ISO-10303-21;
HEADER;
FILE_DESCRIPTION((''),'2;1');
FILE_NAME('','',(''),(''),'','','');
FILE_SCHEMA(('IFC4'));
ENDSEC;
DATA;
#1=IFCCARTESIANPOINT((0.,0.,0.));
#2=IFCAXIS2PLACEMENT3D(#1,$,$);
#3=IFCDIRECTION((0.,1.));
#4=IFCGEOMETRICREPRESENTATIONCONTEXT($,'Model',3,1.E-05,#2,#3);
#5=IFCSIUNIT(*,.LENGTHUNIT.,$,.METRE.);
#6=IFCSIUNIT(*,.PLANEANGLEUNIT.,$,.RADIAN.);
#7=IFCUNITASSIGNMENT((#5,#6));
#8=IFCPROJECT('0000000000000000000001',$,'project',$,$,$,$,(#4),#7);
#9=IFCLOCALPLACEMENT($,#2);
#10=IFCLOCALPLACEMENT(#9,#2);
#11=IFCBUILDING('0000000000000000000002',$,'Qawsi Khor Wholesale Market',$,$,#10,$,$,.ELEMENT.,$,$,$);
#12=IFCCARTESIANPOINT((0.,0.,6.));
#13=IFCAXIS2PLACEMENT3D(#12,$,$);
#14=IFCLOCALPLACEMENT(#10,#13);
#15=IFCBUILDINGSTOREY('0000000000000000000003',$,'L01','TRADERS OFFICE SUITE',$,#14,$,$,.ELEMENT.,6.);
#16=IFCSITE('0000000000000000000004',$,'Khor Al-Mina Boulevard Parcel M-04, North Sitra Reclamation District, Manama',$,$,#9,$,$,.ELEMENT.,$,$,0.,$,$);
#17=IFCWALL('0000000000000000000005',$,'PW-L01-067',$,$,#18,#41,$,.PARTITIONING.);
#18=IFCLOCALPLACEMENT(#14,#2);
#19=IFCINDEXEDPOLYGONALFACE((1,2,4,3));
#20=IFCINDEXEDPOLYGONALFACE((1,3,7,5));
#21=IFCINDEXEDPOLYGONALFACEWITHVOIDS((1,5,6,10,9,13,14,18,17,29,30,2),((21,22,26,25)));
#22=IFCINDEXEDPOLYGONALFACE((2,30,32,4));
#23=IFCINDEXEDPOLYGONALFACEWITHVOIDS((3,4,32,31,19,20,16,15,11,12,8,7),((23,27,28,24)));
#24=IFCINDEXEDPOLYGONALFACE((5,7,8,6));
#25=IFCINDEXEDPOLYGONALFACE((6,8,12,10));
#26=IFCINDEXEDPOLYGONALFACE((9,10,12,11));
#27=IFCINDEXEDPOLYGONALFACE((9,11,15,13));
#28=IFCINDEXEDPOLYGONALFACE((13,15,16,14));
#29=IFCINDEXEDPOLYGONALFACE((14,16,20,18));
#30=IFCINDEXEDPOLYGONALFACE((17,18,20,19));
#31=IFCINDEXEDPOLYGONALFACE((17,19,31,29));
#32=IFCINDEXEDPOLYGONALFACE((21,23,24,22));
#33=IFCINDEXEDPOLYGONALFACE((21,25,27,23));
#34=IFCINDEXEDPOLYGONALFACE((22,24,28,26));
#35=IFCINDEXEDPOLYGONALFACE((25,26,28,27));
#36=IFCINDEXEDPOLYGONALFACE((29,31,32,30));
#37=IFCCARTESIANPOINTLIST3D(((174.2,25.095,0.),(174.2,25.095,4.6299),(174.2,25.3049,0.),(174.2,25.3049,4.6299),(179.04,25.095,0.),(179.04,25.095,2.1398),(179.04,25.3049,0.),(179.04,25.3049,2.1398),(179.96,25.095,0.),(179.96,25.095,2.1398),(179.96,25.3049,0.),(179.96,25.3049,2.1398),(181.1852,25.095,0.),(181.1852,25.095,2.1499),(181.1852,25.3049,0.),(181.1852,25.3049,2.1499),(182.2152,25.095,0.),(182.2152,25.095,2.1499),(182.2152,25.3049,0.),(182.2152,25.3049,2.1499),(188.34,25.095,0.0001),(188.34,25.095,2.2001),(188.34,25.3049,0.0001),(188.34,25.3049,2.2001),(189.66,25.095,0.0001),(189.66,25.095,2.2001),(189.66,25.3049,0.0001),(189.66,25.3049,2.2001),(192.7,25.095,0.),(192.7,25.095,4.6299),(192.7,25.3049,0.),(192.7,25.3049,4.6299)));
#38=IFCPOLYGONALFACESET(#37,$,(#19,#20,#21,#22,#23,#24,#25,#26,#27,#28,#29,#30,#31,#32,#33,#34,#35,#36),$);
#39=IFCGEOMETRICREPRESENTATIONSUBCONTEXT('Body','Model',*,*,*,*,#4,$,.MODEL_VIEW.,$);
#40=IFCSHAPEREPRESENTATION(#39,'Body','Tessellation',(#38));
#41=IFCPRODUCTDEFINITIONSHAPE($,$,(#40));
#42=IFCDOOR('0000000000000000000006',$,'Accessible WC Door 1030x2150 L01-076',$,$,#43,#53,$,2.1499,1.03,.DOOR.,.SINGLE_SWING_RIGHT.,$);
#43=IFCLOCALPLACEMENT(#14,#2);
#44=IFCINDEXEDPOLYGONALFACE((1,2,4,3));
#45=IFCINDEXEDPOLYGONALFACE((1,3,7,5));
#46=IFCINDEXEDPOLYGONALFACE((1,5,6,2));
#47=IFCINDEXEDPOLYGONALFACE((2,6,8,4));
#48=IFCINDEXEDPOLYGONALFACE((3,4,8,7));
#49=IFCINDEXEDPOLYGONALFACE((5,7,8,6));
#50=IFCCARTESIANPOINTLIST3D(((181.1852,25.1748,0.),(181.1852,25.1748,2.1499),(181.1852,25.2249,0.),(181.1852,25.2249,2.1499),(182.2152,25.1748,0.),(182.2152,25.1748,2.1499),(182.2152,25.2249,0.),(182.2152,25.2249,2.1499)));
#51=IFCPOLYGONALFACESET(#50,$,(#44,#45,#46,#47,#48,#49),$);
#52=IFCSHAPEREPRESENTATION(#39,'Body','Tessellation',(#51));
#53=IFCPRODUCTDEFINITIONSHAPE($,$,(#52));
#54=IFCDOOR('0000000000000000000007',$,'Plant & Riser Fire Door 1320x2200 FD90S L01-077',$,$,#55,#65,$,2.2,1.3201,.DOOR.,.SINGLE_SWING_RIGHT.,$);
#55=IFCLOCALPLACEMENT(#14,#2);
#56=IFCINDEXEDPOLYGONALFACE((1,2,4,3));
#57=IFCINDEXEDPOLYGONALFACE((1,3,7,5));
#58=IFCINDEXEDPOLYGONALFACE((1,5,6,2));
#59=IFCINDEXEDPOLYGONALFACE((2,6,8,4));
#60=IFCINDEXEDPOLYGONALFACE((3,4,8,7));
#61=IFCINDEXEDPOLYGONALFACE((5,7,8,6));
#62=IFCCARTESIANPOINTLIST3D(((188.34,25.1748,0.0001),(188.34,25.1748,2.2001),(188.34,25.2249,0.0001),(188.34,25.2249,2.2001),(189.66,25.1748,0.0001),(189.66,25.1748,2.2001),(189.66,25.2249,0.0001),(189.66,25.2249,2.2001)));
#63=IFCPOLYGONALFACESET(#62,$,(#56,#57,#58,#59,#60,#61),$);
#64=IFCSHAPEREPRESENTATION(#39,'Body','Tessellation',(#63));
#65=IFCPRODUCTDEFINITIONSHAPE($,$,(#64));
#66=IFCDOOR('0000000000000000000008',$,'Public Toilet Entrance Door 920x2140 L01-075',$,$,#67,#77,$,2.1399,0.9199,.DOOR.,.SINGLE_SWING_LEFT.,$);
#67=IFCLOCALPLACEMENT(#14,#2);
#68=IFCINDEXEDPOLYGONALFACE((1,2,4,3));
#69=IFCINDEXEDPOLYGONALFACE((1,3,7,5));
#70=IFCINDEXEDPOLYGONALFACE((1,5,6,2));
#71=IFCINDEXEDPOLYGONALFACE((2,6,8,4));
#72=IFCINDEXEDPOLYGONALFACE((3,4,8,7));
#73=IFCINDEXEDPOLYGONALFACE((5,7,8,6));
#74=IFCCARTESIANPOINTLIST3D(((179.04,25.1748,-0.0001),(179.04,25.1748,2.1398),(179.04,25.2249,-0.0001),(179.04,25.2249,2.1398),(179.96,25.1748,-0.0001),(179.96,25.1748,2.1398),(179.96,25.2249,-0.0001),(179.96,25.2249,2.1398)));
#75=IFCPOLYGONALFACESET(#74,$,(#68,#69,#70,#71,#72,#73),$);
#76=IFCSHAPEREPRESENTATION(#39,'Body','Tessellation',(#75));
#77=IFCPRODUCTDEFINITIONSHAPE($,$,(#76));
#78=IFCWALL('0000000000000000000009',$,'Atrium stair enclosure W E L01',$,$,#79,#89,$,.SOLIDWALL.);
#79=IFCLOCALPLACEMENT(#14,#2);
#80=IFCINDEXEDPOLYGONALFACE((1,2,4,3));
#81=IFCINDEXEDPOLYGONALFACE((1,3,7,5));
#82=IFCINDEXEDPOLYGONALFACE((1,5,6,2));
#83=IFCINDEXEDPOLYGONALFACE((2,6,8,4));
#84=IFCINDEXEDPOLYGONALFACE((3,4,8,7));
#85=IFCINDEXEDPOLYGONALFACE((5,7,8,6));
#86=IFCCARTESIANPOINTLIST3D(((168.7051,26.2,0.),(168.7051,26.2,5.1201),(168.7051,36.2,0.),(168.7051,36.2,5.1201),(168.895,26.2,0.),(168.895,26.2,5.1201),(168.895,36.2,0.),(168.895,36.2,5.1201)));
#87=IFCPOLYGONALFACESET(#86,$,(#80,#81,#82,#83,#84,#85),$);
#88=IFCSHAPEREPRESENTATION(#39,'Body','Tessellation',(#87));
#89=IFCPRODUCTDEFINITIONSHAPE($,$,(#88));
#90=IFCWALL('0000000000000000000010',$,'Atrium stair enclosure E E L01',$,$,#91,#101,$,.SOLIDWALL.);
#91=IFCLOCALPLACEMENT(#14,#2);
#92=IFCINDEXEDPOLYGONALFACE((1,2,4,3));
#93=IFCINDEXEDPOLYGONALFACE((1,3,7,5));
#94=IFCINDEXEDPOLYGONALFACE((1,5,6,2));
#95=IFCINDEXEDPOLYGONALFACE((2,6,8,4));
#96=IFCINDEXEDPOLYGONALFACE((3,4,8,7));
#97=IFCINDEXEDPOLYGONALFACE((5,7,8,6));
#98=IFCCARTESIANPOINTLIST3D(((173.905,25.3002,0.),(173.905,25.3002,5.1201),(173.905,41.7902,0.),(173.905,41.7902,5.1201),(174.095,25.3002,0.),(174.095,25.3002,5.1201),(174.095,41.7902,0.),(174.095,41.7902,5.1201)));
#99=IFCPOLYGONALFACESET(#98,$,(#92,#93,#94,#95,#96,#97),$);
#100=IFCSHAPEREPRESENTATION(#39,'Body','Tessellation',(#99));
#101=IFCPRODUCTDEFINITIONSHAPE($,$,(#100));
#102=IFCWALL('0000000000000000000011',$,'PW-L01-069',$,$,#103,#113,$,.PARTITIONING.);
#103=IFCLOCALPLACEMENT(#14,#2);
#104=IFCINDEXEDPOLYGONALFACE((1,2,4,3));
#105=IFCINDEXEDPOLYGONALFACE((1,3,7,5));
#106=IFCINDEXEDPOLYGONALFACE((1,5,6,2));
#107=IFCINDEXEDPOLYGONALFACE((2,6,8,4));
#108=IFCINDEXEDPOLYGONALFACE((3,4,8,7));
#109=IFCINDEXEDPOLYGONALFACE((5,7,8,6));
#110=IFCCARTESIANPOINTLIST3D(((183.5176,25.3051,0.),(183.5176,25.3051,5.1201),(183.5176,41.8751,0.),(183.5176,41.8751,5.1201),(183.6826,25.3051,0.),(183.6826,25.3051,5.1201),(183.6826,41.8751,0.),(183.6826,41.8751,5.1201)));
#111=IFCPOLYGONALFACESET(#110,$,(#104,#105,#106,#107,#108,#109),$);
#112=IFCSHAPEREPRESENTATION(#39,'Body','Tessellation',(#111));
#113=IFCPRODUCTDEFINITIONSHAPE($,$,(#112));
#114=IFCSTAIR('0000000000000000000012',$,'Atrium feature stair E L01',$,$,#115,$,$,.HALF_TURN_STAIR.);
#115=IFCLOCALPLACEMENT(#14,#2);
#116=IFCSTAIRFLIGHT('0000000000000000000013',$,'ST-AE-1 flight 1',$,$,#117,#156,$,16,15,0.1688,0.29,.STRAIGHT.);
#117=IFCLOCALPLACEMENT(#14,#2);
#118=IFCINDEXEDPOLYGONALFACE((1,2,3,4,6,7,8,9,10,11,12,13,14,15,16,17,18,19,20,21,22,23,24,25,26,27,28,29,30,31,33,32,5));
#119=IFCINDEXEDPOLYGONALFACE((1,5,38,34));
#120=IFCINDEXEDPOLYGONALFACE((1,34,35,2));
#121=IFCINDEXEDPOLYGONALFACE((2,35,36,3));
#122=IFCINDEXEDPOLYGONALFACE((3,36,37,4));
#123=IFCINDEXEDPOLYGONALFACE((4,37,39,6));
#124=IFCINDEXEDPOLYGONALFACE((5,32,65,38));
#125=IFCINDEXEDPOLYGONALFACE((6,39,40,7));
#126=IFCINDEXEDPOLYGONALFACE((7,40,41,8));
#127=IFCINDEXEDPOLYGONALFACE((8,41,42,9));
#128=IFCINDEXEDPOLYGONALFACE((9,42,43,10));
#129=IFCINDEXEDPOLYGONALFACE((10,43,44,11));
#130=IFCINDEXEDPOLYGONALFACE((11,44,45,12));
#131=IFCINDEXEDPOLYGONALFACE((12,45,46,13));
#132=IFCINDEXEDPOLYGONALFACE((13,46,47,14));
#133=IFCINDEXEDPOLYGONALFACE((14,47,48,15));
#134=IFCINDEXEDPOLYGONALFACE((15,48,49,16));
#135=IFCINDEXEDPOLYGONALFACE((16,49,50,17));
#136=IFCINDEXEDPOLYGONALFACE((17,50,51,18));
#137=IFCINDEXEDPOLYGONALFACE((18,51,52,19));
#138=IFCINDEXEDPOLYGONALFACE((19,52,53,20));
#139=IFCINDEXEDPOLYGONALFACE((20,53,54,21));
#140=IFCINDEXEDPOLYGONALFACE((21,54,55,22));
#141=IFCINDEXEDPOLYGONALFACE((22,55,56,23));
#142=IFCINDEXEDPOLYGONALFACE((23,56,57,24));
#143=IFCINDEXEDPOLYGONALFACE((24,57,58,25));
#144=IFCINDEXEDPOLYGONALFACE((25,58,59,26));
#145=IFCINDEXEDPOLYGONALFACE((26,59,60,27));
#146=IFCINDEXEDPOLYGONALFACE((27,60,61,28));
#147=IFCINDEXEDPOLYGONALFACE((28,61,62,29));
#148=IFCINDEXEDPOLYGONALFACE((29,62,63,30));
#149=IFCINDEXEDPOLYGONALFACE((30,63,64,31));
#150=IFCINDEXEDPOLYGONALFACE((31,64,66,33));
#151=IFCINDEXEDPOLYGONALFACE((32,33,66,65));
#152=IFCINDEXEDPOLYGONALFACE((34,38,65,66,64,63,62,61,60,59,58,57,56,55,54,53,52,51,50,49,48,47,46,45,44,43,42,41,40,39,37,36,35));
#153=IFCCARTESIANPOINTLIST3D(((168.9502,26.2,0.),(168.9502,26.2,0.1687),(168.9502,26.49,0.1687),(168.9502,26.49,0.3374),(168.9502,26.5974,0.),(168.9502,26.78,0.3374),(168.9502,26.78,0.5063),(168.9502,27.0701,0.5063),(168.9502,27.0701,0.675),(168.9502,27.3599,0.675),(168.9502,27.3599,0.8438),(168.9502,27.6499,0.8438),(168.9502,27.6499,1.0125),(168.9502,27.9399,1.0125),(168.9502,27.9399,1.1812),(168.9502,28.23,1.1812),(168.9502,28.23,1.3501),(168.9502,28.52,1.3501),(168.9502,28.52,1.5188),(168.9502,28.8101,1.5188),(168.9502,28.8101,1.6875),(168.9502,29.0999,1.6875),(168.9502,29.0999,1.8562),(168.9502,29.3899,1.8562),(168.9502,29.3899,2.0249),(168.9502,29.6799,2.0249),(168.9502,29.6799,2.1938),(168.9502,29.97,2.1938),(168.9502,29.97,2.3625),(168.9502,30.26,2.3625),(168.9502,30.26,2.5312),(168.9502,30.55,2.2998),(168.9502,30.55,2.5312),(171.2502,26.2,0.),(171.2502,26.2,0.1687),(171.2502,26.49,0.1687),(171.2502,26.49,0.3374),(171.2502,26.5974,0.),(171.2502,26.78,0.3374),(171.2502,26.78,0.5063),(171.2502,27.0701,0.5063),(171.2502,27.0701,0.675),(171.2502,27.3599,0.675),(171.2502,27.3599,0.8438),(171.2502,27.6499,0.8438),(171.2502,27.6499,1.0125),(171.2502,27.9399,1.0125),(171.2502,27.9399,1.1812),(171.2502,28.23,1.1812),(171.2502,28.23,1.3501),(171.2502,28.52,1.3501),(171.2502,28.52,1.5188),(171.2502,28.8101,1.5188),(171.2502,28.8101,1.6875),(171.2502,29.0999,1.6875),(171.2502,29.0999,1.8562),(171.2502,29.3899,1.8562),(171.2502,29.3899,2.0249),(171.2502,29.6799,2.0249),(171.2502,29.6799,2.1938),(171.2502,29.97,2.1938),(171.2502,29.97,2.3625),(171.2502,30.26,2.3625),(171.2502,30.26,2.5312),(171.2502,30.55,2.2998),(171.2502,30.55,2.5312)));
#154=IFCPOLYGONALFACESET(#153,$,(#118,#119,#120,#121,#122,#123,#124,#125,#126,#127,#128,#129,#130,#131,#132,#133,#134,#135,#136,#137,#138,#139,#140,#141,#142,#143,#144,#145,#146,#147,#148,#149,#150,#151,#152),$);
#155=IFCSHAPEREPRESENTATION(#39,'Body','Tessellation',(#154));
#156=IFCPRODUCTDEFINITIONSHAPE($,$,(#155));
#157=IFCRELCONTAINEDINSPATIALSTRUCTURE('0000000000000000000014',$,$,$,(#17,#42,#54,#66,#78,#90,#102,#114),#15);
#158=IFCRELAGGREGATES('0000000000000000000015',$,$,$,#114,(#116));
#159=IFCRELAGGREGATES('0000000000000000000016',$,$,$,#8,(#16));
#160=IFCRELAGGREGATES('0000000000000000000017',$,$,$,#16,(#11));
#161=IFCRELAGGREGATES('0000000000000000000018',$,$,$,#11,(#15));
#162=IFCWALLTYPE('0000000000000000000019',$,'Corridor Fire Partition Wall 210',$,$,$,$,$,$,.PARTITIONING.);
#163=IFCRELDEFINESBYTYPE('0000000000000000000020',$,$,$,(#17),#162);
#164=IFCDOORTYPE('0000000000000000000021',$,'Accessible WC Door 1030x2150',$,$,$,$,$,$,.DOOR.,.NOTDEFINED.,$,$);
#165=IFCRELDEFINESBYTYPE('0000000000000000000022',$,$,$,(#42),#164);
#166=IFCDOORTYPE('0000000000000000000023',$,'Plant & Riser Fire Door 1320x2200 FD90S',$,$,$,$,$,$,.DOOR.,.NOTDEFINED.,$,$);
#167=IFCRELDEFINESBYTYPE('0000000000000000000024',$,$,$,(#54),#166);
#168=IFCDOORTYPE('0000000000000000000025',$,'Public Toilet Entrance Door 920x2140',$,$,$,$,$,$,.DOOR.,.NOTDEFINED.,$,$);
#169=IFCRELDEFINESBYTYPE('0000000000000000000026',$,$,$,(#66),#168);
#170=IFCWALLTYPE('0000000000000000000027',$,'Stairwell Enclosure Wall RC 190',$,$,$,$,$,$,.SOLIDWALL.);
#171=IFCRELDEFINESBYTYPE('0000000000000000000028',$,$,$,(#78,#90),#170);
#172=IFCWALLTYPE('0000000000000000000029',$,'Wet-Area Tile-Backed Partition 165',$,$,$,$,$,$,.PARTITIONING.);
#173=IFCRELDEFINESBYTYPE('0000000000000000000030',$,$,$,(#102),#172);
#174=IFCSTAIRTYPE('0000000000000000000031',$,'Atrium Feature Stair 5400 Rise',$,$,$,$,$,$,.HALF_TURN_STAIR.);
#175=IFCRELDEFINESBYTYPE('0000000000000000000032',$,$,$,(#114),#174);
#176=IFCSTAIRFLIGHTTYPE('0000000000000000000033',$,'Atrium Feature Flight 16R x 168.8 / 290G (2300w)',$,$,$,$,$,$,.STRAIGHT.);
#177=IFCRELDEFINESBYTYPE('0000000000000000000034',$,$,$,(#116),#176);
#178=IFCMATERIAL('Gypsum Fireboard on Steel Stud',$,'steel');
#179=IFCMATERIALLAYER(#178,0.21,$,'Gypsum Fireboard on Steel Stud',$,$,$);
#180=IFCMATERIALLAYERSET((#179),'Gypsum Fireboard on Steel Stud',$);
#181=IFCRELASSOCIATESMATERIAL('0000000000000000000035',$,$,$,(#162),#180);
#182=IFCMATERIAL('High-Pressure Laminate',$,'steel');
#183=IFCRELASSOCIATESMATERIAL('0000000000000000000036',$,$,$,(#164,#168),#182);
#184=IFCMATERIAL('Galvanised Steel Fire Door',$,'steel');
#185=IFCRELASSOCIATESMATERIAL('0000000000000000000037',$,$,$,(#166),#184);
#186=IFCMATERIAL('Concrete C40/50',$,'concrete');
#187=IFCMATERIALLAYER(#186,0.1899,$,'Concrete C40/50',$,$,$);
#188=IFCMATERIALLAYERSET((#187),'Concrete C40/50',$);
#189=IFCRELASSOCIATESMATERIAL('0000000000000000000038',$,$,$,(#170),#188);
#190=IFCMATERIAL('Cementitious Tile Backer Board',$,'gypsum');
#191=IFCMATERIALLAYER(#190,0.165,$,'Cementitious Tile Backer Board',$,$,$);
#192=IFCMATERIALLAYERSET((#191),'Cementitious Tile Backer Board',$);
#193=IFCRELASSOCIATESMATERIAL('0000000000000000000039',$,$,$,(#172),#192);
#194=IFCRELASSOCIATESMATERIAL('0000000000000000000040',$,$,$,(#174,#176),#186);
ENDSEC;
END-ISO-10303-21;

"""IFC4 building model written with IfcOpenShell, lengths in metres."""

from ifc_helpers import new_model, si_unit, direction, frame, frame_2d, origin, place, context, subcontext, project, spatial, polyline, rectangle, outline, extrude, material, layer, layer_set, type_object, element, fill, aggregate, save


model = new_model("IFC4")

# Units and contexts
model_context = context("Model", 3, precision=1e-05, world=origin(), true_north=direction((0.0, 1.0)))
body_context = subcontext(model_context, "Body", "Model", "MODEL_VIEW")
ifc_project = project(units=[si_unit("LENGTHUNIT", "METRE"), si_unit("PLANEANGLEUNIT", "RADIAN")], contexts=[model_context])

# Site, building, storey
site_placement = place(None, origin())
site = spatial("IfcSite", under=ifc_project, at=site_placement, Name="Khor Al-Mina Boulevard Parcel M-04, North Sitra Reclamation District, Manama", CompositionType="ELEMENT", RefElevation=0.0)
building_placement = place(site_placement, origin())
building = spatial("IfcBuilding", under=site, at=building_placement, Name="Qawsi Khor Wholesale Market", CompositionType="ELEMENT")
storey_placement = place(building_placement, frame((0.0, 0.0, 6.0)))
storey = spatial("IfcBuildingStorey", under=building, at=storey_placement, Name="L01", Description="TRADERS OFFICE SUITE", CompositionType="ELEMENT", Elevation=6.0)

# Shared definitions
ifc_material_1 = material(Name="Concrete C40/50", Category="concrete")

# Wall, openings, doors
ifc_material_2 = material(Name="Gypsum Fireboard on Steel Stud", Category="steel")
ifc_layer_1 = layer(ifc_material_2, 0.21, Name="Gypsum Fireboard on Steel Stud")
ifc_layer_set_1 = layer_set([ifc_layer_1], Name="Gypsum Fireboard on Steel Stud")
wall_type_1 = type_object("IfcWallType", Name="Corridor Fire Partition Wall 210", PredefinedType="PARTITIONING", material=ifc_layer_set_1)
wall_1_placement = place(storey_placement, frame((174.2, 25.2, 0.0), z_axis=(0.0, 0.0, 1.0), x_axis=(1.0, 0.0, 0.0)))
wall_1 = element("IfcWall", 1, at=wall_1_placement, inside=storey, type_object=wall_type_1, Name="PW-L01-067", PredefinedType="PARTITIONING", context=body_context, shape_type="SweptSolid", body=[
    extrude(rectangle(XDim=18.5, YDim=0.21, at=frame_2d((9.25, 0.0))), origin(), (0.0, 0.0, 1.0), 4.6299),
])
opening_1_placement = place(wall_1_placement, frame((4.8401, 0.0, 0.0)))
opening_1 = element("IfcOpeningElement", 2, at=opening_1_placement, cuts=wall_1, PredefinedType="OPENING", context=body_context, shape_type="SweptSolid", body=[
    extrude(rectangle(XDim=0.9199, YDim=2.1399, at=frame_2d((0.46, 1.0698))), frame((0.0, 0.115, 0.0), z_axis=(0.0, -1.0, 0.0), x_axis=(1.0, 0.0, 0.0)), (0.0, 0.0, 1.0), 0.23),
])
opening_2_placement = place(wall_1_placement, frame((6.9851, 0.0, 0.0)))
opening_2 = element("IfcOpeningElement", 3, at=opening_2_placement, cuts=wall_1, PredefinedType="OPENING", context=body_context, shape_type="SweptSolid", body=[
    extrude(rectangle(XDim=1.03, YDim=2.1499, at=frame_2d((0.5151, 1.075))), frame((0.0, 0.115, 0.0), z_axis=(0.0, -1.0, 0.0), x_axis=(1.0, 0.0, 0.0)), (0.0, 0.0, 1.0), 0.23),
])
opening_3_placement = place(wall_1_placement, frame((14.1399, 0.0, 0.0)))
opening_3 = element("IfcOpeningElement", 4, at=opening_3_placement, cuts=wall_1, PredefinedType="OPENING", context=body_context, shape_type="SweptSolid", body=[
    extrude(rectangle(XDim=1.3201, YDim=2.2, at=frame_2d((0.6602, 1.1001))), frame((0.0, 0.115, 0.0), z_axis=(0.0, -1.0, 0.0), x_axis=(1.0, 0.0, 0.0)), (0.0, 0.0, 1.0), 0.23),
])
ifc_material_3 = material(Name="High-Pressure Laminate", Category="steel")
door_type_1 = type_object("IfcDoorType", Name="Accessible WC Door 1030x2150", OperationType="NOTDEFINED", PredefinedType="DOOR", material=ifc_material_3)
door_1_placement = place(opening_2_placement, origin())
door_1 = element("IfcDoor", 5, at=door_1_placement, inside=storey, type_object=door_type_1, Name="Accessible WC Door 1030x2150 L01-076", OperationType="SINGLE_SWING_RIGHT", OverallHeight=2.1499, OverallWidth=1.03, PredefinedType="DOOR", context=body_context, shape_type="SweptSolid", body=[
    extrude(rectangle(XDim=1.03, YDim=2.1499, at=frame_2d((0.5151, 1.075))), frame((0.0, 0.0249, 0.0), z_axis=(0.0, -1.0, 0.0), x_axis=(1.0, 0.0, 0.0)), (0.0, 0.0, 1.0), 0.05),
])
fill(opening_2, door_1)
ifc_material_4 = material(Name="Galvanised Steel Fire Door", Category="steel")
door_type_2 = type_object("IfcDoorType", Name="Plant & Riser Fire Door 1320x2200 FD90S", OperationType="NOTDEFINED", PredefinedType="DOOR", material=ifc_material_4)
door_2_placement = place(opening_3_placement, origin())
door_2 = element("IfcDoor", 6, at=door_2_placement, inside=storey, type_object=door_type_2, Name="Plant & Riser Fire Door 1320x2200 FD90S L01-077", OperationType="SINGLE_SWING_RIGHT", OverallHeight=2.2, OverallWidth=1.3201, PredefinedType="DOOR", context=body_context, shape_type="SweptSolid", body=[
    extrude(rectangle(XDim=1.3201, YDim=2.2, at=frame_2d((0.6602, 1.1001))), frame((0.0, 0.0249, 0.0), z_axis=(0.0, -1.0, 0.0), x_axis=(1.0, 0.0, 0.0)), (0.0, 0.0, 1.0), 0.05),
])
fill(opening_3, door_2)
door_type_3 = type_object("IfcDoorType", Name="Public Toilet Entrance Door 920x2140", OperationType="NOTDEFINED", PredefinedType="DOOR", material=ifc_material_3)
door_3_placement = place(opening_1_placement, origin())
door_3 = element("IfcDoor", 7, at=door_3_placement, inside=storey, type_object=door_type_3, Name="Public Toilet Entrance Door 920x2140 L01-075", OperationType="SINGLE_SWING_LEFT", OverallHeight=2.1399, OverallWidth=0.9199, PredefinedType="DOOR", context=body_context, shape_type="SweptSolid", body=[
    extrude(rectangle(XDim=0.9199, YDim=2.1399, at=frame_2d((0.46, 1.0698))), frame((0.0, 0.0249, 0.0), z_axis=(0.0, -1.0, 0.0), x_axis=(1.0, 0.0, 0.0)), (0.0, 0.0, 1.0), 0.05),
])
fill(opening_1, door_3)

# Walls
ifc_layer_2 = layer(ifc_material_1, 0.1899, Name="Concrete C40/50")
ifc_layer_set_2 = layer_set([ifc_layer_2], Name="Concrete C40/50")
wall_type_2 = type_object("IfcWallType", Name="Stairwell Enclosure Wall RC 190", PredefinedType="SOLIDWALL", material=ifc_layer_set_2)
wall_2_placement = place(storey_placement, frame((168.8, 26.2, 0.0), z_axis=(0.0, 0.0, 1.0), x_axis=(0.0, 1.0, 0.0)))
element("IfcWall", 8, at=wall_2_placement, inside=storey, type_object=wall_type_2, Name="Atrium stair enclosure W E L01", PredefinedType="SOLIDWALL", context=body_context, shape_type="SweptSolid", body=[
    extrude(rectangle(XDim=10.0, YDim=0.1899, at=frame_2d((5.0, 0.0))), origin(), (0.0, 0.0, 1.0), 5.1201),
])
wall_3_placement = place(storey_placement, frame((174.0, 25.3, 0.0), z_axis=(0.0, 0.0, 1.0), x_axis=(0.0, 1.0, 0.0)))
element("IfcWall", 9, at=wall_3_placement, inside=storey, type_object=wall_type_2, Name="Atrium stair enclosure E E L01", PredefinedType="SOLIDWALL", context=body_context, shape_type="SweptSolid", body=[
    extrude(rectangle(XDim=16.49, YDim=0.1899, at=frame_2d((8.2451, 0.0))), origin(), (0.0, 0.0, 1.0), 5.1201),
])
ifc_material_5 = material(Name="Cementitious Tile Backer Board", Category="gypsum")
ifc_layer_3 = layer(ifc_material_5, 0.165, Name="Cementitious Tile Backer Board")
ifc_layer_set_3 = layer_set([ifc_layer_3], Name="Cementitious Tile Backer Board")
wall_type_3 = type_object("IfcWallType", Name="Wet-Area Tile-Backed Partition 165", PredefinedType="PARTITIONING", material=ifc_layer_set_3)
wall_4_placement = place(storey_placement, frame((183.6001, 25.3049, 0.0), z_axis=(0.0, 0.0, 1.0), x_axis=(0.0, 1.0, 0.0)))
element("IfcWall", 10, at=wall_4_placement, inside=storey, type_object=wall_type_3, Name="PW-L01-069", PredefinedType="PARTITIONING", context=body_context, shape_type="SweptSolid", body=[
    extrude(rectangle(XDim=16.5701, YDim=0.165, at=frame_2d((8.2852, 0.0))), origin(), (0.0, 0.0, 1.0), 5.1201),
])

# Stair, stair flight
stair_type = type_object("IfcStairType", Name="Atrium Feature Stair 5400 Rise", PredefinedType="HALF_TURN_STAIR", material=ifc_material_1)
stair_placement = place(storey_placement, origin())
stair = element("IfcStair", 11, at=stair_placement, inside=storey, type_object=stair_type, Name="Atrium feature stair E L01", PredefinedType="HALF_TURN_STAIR")
stair_flight_type = type_object("IfcStairFlightType", Name="Atrium Feature Flight 16R x 168.8 / 290G (2300w)", PredefinedType="STRAIGHT", material=ifc_material_1)
stair_flight_1_placement = place(storey_placement, frame((170.1001, 26.2, 0.0), z_axis=(0.0, 0.0, 1.0), x_axis=(0.0, 1.0, 0.0)))
stair_flight_1 = element("IfcStairFlight", 12, at=stair_flight_1_placement, type_object=stair_flight_type, Name="ST-AE-1 flight 1", NumberOfRisers=16, NumberOfTreads=15, PredefinedType="STRAIGHT", RiserHeight=0.1688, TreadLength=0.29, context=body_context, shape_type="SweptSolid", body=[
    extrude(outline(polyline([(0.0, 0.0), (0.0, 0.1687), (0.29, 0.1687), (0.29, 0.3374), (0.5801, 0.3374), (0.5801, 0.5063), (0.8701, 0.5063), (0.8701, 0.675), (1.1599, 0.675), (1.1599, 0.8438), (1.45, 0.8438), (1.45, 1.0125), (1.74, 1.0125), (1.74, 1.1812), (2.03, 1.1812), (2.03, 1.3501), (2.3201, 1.3501), (2.3201, 1.5188), (2.6101, 1.5188), (2.6101, 1.6875), (2.8999, 1.6875), (2.8999, 1.8562), (3.1899, 1.8562), (3.1899, 2.0249), (3.48, 2.0249), (3.48, 2.1938), (3.77, 2.1938), (3.77, 2.3625), (4.0601, 2.3625), (4.0601, 2.5312), (4.3501, 2.5312), (4.3501, 2.7), (4.3501, 2.2998), (0.3975, 0.0), (0.0, 0.0)])), frame((0.0, 1.1499, 0.0), z_axis=(0.0, -1.0, 0.0), x_axis=(1.0, 0.0, 0.0)), (0.0, 0.0, 1.0), 2.3),
])
aggregate(stair, [stair_flight_1])

save(model, "model.ifc")
